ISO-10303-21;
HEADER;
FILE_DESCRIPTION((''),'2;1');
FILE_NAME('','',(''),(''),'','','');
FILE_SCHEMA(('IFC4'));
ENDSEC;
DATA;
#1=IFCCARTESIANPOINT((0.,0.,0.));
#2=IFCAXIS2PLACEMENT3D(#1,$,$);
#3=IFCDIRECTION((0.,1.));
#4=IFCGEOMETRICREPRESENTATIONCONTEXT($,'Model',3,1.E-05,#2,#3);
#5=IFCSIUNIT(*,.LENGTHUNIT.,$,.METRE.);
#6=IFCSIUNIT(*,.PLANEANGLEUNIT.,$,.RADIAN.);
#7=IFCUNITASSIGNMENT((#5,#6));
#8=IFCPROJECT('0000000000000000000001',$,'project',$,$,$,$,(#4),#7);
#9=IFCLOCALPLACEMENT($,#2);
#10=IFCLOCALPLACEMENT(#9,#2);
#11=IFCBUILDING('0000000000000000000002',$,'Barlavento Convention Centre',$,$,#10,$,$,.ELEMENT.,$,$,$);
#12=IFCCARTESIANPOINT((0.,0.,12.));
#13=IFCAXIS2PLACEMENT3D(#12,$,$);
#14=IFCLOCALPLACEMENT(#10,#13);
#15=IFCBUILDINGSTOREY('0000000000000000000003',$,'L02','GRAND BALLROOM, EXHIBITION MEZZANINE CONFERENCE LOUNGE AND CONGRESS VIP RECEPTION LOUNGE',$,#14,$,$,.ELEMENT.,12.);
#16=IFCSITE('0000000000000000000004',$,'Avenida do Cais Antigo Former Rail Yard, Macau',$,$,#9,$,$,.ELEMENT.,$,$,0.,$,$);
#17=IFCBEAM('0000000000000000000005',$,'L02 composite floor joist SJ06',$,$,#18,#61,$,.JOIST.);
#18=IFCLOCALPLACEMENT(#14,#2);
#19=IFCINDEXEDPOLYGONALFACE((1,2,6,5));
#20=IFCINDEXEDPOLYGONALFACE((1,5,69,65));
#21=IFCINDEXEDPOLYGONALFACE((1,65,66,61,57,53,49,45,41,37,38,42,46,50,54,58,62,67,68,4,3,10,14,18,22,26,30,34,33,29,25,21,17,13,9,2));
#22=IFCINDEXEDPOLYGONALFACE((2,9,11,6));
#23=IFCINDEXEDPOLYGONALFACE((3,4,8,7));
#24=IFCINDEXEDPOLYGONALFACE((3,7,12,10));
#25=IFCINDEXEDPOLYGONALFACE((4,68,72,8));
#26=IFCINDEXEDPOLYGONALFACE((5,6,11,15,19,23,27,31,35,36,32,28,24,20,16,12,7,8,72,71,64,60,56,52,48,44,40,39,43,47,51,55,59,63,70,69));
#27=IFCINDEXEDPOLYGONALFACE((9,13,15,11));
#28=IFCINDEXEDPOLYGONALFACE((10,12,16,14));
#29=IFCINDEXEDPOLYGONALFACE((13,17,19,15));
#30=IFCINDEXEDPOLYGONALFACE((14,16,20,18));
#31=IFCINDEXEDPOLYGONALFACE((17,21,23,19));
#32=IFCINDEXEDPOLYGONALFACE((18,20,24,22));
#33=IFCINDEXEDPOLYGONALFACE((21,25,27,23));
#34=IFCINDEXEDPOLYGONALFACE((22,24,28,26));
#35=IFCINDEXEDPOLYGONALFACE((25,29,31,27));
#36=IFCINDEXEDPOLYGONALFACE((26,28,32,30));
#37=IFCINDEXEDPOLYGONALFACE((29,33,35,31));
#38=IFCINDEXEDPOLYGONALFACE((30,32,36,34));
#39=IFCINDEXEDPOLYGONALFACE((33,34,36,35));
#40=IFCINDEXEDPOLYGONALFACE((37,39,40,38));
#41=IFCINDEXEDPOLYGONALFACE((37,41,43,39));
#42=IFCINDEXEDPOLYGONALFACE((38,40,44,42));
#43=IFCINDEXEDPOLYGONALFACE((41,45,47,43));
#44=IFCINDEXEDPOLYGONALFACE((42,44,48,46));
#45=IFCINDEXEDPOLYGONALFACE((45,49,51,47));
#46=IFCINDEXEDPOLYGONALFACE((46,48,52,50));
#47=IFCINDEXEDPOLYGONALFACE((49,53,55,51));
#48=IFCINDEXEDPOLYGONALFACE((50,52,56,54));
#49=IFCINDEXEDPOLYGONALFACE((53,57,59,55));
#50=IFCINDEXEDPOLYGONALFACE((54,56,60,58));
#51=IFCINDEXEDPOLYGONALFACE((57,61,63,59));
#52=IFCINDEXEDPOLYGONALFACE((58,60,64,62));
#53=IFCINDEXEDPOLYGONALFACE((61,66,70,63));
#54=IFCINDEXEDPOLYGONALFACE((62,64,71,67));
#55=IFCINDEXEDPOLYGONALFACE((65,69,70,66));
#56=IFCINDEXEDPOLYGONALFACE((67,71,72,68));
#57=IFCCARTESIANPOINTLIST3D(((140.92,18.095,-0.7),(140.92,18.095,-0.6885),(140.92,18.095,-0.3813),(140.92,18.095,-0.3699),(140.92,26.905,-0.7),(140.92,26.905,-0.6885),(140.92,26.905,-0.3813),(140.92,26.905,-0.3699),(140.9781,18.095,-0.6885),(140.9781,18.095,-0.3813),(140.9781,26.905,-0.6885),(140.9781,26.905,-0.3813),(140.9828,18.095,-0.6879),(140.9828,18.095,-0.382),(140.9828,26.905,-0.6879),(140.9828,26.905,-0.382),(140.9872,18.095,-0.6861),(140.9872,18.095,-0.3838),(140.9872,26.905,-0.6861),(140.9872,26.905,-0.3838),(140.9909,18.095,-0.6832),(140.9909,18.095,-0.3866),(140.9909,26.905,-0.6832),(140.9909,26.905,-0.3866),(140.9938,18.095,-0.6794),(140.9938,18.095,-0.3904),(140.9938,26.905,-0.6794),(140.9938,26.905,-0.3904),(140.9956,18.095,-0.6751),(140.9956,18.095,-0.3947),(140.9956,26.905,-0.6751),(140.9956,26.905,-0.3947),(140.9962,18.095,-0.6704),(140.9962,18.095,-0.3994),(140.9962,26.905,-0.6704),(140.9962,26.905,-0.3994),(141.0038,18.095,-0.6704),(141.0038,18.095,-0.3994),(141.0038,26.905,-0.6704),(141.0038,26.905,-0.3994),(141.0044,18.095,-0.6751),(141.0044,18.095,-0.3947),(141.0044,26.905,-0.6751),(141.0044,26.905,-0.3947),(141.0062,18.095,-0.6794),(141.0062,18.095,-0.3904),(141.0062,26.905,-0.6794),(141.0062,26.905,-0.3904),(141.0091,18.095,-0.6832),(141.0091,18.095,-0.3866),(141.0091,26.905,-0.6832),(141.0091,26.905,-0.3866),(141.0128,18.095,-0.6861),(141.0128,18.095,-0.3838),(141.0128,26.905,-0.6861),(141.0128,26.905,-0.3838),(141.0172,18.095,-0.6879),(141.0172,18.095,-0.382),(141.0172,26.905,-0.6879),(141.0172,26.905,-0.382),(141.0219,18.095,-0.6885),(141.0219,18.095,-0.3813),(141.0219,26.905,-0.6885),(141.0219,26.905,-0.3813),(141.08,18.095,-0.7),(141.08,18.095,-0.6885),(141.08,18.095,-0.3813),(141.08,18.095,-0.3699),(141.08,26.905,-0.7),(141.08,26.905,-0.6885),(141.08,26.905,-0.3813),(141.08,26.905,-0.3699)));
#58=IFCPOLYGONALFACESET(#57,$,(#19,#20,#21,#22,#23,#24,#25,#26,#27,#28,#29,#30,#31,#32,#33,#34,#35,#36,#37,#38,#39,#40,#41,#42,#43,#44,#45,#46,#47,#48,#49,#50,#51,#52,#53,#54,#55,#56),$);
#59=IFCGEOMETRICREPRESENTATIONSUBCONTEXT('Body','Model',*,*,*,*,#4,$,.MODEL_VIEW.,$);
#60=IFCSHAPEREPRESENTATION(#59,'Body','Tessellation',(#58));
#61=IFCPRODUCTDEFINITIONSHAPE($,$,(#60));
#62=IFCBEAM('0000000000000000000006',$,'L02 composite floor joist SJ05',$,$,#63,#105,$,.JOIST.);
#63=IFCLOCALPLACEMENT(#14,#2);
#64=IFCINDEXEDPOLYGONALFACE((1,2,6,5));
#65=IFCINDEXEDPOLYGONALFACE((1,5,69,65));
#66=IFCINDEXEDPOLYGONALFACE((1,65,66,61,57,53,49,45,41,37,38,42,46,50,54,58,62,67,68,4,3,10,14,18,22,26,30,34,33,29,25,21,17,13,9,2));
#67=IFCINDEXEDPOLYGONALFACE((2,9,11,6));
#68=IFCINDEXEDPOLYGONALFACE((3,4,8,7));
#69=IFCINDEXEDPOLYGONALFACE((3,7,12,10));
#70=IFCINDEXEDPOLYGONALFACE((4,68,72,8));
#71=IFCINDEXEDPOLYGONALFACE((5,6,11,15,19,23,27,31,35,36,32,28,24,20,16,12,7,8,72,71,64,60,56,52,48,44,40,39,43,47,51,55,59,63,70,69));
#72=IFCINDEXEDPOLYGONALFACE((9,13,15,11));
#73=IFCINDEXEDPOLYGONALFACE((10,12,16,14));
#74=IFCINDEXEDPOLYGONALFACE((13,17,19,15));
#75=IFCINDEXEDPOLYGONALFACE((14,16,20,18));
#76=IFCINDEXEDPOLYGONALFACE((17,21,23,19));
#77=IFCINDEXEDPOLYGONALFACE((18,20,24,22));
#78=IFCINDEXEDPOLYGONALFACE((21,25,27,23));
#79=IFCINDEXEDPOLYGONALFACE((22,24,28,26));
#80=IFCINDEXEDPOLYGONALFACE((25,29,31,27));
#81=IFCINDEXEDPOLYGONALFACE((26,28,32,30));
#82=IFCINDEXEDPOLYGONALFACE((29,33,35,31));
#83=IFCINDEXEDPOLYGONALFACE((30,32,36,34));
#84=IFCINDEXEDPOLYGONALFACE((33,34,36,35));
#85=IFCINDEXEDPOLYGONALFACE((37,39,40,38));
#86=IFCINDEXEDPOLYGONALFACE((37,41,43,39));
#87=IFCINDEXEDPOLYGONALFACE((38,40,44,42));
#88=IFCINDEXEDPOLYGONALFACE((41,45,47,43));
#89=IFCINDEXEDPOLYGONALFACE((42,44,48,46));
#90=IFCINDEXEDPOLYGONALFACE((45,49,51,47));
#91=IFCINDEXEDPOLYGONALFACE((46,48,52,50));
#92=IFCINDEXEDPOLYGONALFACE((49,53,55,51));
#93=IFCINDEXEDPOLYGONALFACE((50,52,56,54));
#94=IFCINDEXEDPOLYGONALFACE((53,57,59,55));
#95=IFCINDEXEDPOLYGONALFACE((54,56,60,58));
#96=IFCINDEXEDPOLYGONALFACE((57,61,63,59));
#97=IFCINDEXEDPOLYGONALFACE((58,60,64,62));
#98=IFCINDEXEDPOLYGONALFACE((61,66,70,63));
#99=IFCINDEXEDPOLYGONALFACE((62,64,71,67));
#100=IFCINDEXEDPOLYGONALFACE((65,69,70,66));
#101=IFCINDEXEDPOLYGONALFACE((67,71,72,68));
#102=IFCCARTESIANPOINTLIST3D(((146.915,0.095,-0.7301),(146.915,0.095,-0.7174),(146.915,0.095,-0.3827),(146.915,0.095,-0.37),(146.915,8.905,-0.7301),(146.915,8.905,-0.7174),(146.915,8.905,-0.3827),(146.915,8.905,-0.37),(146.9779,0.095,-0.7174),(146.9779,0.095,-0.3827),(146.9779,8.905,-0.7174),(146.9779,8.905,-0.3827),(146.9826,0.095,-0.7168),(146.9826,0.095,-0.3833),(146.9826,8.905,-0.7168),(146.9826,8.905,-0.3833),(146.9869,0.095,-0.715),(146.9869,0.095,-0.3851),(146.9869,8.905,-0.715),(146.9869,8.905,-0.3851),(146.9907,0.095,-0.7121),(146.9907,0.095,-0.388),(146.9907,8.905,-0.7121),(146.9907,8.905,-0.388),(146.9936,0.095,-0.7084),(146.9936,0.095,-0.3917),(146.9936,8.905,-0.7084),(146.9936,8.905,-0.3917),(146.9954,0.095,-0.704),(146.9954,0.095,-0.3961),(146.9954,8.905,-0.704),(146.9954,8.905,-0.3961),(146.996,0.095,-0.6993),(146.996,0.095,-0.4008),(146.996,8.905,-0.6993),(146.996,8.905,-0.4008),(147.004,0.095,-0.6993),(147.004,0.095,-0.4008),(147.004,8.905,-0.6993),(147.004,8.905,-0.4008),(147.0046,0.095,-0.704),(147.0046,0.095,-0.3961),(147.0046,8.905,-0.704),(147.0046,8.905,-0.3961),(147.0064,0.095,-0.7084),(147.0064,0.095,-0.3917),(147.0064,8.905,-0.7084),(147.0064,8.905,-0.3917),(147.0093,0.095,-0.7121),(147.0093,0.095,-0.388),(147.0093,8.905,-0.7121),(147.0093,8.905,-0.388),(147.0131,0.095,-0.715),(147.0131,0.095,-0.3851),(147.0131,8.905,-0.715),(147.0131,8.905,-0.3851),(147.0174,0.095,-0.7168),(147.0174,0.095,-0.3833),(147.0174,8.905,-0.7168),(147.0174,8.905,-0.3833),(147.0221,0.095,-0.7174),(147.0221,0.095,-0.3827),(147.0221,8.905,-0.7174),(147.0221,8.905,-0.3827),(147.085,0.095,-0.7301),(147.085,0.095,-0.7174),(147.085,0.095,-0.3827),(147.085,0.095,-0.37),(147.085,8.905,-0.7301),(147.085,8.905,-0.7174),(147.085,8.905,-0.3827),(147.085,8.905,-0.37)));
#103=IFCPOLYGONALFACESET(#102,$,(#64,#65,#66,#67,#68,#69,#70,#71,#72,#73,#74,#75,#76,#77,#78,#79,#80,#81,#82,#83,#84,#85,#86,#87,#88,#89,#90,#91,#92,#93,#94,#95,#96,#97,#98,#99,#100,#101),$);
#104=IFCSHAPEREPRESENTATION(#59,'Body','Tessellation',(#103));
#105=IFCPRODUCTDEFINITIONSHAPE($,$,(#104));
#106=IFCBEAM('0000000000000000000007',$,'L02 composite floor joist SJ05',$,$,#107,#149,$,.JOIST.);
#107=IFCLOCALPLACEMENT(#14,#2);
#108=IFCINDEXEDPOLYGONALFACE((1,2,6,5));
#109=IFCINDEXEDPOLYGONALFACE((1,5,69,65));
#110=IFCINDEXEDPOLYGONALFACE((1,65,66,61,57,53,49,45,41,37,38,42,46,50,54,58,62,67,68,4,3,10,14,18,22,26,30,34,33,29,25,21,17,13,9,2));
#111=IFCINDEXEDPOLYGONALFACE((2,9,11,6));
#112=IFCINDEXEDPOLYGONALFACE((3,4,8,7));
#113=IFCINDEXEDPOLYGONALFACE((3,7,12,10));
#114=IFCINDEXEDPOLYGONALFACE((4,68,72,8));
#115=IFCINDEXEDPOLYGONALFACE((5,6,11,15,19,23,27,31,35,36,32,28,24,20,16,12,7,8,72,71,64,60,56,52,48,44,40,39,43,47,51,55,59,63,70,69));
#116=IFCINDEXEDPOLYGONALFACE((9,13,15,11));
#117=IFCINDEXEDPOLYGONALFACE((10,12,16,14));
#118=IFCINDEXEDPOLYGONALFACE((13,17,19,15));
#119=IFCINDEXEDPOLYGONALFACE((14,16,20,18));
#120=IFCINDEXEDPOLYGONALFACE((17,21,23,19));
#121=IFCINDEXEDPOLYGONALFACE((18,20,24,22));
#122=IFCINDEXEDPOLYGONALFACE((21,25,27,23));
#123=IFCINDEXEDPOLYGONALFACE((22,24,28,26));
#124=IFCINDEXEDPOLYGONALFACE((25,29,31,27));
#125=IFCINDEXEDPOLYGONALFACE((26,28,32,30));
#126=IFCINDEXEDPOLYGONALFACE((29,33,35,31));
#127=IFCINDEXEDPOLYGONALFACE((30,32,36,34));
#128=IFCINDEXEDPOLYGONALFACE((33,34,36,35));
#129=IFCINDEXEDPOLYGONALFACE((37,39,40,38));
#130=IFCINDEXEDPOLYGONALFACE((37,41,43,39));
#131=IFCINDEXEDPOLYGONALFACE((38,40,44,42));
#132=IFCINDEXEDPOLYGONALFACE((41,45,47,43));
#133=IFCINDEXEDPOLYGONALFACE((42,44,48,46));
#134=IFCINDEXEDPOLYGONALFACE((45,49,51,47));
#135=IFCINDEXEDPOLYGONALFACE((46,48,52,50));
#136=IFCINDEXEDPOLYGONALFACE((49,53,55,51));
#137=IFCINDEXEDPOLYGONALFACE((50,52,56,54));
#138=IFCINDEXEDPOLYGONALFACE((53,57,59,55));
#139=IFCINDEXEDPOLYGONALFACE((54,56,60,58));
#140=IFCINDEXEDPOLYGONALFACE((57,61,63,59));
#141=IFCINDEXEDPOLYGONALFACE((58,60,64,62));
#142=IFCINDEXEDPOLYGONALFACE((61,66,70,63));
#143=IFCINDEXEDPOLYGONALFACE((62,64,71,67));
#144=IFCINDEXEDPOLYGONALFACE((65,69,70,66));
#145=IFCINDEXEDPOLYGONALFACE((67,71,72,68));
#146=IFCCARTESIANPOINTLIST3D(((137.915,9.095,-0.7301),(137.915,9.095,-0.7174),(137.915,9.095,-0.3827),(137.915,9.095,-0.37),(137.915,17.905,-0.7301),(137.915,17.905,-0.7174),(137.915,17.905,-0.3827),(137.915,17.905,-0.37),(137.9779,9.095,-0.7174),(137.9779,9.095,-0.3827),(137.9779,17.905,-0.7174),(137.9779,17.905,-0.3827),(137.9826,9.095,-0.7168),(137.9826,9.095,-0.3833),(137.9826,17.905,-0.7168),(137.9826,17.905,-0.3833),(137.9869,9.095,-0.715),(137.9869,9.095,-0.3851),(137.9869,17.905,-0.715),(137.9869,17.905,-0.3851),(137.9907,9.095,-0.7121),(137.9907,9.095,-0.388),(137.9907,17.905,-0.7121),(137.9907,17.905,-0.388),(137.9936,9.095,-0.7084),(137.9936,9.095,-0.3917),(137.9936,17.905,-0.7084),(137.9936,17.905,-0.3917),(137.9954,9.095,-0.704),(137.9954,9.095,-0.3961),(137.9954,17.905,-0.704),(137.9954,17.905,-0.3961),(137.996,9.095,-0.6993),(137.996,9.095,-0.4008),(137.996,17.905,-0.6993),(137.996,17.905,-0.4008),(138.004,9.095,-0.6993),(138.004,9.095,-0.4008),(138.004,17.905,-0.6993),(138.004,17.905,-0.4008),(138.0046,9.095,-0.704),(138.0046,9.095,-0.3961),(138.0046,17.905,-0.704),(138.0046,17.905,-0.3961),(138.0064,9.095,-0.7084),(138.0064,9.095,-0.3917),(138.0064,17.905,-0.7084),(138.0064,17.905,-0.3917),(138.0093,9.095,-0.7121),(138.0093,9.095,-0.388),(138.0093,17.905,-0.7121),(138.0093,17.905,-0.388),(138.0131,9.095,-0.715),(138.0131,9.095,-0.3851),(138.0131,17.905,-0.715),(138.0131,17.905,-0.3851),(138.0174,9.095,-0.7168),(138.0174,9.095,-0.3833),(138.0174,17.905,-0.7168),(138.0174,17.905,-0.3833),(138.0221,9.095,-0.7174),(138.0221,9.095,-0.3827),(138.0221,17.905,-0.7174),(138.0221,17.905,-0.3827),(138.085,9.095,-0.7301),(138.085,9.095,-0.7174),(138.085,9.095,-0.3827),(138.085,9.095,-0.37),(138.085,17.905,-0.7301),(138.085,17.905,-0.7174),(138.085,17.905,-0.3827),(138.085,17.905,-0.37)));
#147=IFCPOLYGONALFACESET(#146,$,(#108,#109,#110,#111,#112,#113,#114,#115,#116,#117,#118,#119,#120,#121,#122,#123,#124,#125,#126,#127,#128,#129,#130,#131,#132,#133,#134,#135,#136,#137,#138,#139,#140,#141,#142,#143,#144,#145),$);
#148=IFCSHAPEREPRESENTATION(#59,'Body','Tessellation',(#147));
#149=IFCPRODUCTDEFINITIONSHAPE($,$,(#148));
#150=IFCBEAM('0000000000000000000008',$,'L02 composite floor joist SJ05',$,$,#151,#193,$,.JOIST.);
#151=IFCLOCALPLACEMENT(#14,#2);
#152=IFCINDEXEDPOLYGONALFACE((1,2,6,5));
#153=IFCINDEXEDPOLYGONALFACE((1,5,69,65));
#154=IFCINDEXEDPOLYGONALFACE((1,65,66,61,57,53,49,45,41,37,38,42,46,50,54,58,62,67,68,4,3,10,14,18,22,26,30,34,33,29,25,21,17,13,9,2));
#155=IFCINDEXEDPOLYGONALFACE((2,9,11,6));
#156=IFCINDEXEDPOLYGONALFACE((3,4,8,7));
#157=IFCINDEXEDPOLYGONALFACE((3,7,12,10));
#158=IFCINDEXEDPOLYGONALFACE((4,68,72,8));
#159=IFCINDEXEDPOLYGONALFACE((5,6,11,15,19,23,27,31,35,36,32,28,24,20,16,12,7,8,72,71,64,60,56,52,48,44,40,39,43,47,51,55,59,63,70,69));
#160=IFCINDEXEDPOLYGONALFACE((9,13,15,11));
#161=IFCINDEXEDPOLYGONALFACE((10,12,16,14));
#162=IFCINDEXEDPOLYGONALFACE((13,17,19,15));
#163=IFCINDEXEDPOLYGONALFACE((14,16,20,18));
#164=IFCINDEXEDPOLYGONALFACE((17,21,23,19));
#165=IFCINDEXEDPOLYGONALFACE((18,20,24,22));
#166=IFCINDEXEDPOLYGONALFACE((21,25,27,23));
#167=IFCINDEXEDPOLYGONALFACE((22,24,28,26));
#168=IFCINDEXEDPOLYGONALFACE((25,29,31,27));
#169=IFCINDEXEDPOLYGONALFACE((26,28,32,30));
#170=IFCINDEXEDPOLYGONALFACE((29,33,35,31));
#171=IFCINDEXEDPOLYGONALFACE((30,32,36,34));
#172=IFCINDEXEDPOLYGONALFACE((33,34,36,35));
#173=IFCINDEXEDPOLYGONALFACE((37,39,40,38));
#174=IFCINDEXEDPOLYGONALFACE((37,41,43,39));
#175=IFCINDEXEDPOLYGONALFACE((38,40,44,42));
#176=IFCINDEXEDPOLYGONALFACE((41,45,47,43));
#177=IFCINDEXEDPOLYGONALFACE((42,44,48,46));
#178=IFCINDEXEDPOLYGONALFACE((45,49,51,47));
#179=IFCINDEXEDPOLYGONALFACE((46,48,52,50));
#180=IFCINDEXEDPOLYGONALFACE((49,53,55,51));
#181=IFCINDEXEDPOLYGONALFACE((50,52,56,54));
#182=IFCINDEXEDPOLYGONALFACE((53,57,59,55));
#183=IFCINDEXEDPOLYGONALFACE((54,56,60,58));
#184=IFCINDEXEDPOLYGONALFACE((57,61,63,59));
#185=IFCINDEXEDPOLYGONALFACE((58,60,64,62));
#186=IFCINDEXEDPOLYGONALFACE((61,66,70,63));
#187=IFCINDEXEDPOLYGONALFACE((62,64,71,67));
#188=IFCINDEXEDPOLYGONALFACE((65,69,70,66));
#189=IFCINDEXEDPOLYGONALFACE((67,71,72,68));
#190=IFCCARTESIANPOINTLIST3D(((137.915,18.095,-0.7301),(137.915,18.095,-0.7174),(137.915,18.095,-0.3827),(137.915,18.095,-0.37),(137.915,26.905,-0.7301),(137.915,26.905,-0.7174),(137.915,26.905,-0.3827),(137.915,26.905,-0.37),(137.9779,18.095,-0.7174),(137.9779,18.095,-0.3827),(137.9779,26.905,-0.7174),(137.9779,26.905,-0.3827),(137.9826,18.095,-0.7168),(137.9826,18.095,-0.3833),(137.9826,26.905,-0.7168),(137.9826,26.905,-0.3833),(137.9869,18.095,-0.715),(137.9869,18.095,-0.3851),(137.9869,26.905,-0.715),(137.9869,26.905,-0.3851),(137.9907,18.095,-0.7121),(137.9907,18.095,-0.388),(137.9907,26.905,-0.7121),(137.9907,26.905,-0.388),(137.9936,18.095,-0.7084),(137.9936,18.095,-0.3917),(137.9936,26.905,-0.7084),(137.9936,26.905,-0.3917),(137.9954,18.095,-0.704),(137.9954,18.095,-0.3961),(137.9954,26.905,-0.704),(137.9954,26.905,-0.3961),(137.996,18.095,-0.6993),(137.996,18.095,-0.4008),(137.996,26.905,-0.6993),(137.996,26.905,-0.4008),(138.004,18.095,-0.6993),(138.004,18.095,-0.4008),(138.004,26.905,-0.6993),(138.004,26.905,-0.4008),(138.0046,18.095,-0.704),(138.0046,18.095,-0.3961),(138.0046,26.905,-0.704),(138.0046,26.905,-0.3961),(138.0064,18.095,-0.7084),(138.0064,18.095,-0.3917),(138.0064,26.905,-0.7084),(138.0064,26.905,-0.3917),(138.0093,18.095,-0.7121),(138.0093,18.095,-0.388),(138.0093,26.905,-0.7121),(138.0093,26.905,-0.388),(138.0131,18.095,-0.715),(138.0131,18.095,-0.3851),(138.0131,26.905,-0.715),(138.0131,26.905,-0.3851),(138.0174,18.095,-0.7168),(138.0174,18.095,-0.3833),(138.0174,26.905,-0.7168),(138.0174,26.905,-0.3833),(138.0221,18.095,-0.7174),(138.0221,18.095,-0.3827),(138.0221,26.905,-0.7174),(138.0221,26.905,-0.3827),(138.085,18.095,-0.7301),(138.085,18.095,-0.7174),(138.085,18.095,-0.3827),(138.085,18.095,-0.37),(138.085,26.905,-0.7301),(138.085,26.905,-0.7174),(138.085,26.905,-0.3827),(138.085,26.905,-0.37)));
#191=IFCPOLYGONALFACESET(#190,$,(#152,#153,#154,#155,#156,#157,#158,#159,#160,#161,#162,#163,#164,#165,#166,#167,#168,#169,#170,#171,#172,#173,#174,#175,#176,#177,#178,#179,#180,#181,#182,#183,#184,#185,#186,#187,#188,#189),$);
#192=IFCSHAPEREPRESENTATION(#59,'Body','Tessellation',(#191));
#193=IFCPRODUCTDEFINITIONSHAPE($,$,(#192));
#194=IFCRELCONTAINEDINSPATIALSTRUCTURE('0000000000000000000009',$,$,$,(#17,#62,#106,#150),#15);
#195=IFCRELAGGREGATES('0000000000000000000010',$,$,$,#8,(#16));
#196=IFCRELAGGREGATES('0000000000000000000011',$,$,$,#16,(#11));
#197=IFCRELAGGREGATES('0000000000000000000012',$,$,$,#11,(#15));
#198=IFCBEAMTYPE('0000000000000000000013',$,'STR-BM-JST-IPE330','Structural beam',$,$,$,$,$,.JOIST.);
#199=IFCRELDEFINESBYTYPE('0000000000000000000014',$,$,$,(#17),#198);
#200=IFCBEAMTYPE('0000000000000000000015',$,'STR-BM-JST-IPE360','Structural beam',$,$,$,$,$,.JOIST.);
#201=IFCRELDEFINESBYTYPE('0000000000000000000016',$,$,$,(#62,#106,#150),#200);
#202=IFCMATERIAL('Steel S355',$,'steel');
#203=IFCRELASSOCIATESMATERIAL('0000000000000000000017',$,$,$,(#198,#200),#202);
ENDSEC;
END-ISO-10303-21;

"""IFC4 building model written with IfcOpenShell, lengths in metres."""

from ifc_helpers import new_model, si_unit, direction, frame, origin, origin_2d, place, context, subcontext, project, spatial, i_section, extrude, material, material_profile, profile_set, type_object, element, save


model = new_model("IFC4")

# Units and contexts
model_context = context("Model", 3, precision=1e-05, world=origin(), true_north=direction((0.0, 1.0)))
body_context = subcontext(model_context, "Body", "Model", "MODEL_VIEW")
ifc_project = project(units=[si_unit("LENGTHUNIT", "METRE"), si_unit("PLANEANGLEUNIT", "RADIAN")], contexts=[model_context])

# Site, building, storey
site_placement = place(None, origin())
site = spatial("IfcSite", under=ifc_project, at=site_placement, Name="Avenida do Cais Antigo Former Rail Yard, Macau", CompositionType="ELEMENT", RefElevation=0.0)
building_placement = place(site_placement, origin())
building = spatial("IfcBuilding", under=site, at=building_placement, Name="Barlavento Convention Centre", CompositionType="ELEMENT")
storey_placement = place(building_placement, frame((0.0, 0.0, 12.0)))
storey = spatial("IfcBuildingStorey", under=building, at=storey_placement, Name="L02", Description="GRAND BALLROOM, EXHIBITION MEZZANINE CONFERENCE LOUNGE AND CONGRESS VIP RECEPTION LOUNGE", CompositionType="ELEMENT", Elevation=12.0)

# Beams
ifc_material_1 = material(Name="Steel S355", Category="steel")
ifc_material_profile_1 = material_profile(ifc_material_1, i_section(OverallWidth=0.1599, OverallDepth=0.3301, WebThickness=0.0076, FlangeThickness=0.0115, FilletRadius=0.0181, at=origin_2d()), Name="IPE 330")
ifc_profile_set_1 = profile_set([ifc_material_profile_1], Name="Steel S355")
beam_type_1 = type_object("IfcBeamType", Name="STR-BM-JST-IPE330", Description="Structural beam", PredefinedType="JOIST", material=ifc_profile_set_1)
for number, where, z_axis, x_axis, name in (
    (1, (141.0, 18.095, -0.5349), (0.0, 1.0, 0.0), (-1.0, 0.0, 0.0), "L02 composite floor joist SJ06"),
):
    element("IfcBeam", number, at=place(storey_placement, frame(where, z_axis=z_axis, x_axis=x_axis)), inside=storey, type_object=beam_type_1, Name=name, PredefinedType="JOIST", context=body_context, shape_type="SweptSolid", body=[
        extrude(i_section(OverallWidth=0.1599, OverallDepth=0.3301, WebThickness=0.0076, FlangeThickness=0.0115, FilletRadius=0.0181, at=origin_2d()), origin(), (0.0, 0.0, 1.0), 8.8101),
    ])
ifc_material_profile_2 = material_profile(ifc_material_1, i_section(OverallWidth=0.1699, OverallDepth=0.3601, WebThickness=0.0081, FlangeThickness=0.0127, FilletRadius=0.0181, at=origin_2d()), Name="IPE 360")
ifc_profile_set_2 = profile_set([ifc_material_profile_2], Name="Steel S355")
beam_type_2 = type_object("IfcBeamType", Name="STR-BM-JST-IPE360", Description="Structural beam", PredefinedType="JOIST", material=ifc_profile_set_2)
for number, where, z_axis, x_axis, name in (
    (2, (147.0, 0.095, -0.55), (0.0, 1.0, 0.0), (-1.0, 0.0, 0.0), "L02 composite floor joist SJ05"),
    (3, (138.0, 9.095, -0.55), (0.0, 1.0, 0.0), (-1.0, 0.0, 0.0), "L02 composite floor joist SJ05"),
    (4, (138.0, 18.095, -0.55), (0.0, 1.0, 0.0), (-1.0, 0.0, 0.0), "L02 composite floor joist SJ05"),
):
    element("IfcBeam", number, at=place(storey_placement, frame(where, z_axis=z_axis, x_axis=x_axis)), inside=storey, type_object=beam_type_2, Name=name, PredefinedType="JOIST", context=body_context, shape_type="SweptSolid", body=[
        extrude(i_section(OverallWidth=0.1699, OverallDepth=0.3601, WebThickness=0.0081, FlangeThickness=0.0127, FilletRadius=0.0181, at=origin_2d()), origin(), (0.0, 0.0, 1.0), 8.8101),
    ])

save(model, "model.ifc")
